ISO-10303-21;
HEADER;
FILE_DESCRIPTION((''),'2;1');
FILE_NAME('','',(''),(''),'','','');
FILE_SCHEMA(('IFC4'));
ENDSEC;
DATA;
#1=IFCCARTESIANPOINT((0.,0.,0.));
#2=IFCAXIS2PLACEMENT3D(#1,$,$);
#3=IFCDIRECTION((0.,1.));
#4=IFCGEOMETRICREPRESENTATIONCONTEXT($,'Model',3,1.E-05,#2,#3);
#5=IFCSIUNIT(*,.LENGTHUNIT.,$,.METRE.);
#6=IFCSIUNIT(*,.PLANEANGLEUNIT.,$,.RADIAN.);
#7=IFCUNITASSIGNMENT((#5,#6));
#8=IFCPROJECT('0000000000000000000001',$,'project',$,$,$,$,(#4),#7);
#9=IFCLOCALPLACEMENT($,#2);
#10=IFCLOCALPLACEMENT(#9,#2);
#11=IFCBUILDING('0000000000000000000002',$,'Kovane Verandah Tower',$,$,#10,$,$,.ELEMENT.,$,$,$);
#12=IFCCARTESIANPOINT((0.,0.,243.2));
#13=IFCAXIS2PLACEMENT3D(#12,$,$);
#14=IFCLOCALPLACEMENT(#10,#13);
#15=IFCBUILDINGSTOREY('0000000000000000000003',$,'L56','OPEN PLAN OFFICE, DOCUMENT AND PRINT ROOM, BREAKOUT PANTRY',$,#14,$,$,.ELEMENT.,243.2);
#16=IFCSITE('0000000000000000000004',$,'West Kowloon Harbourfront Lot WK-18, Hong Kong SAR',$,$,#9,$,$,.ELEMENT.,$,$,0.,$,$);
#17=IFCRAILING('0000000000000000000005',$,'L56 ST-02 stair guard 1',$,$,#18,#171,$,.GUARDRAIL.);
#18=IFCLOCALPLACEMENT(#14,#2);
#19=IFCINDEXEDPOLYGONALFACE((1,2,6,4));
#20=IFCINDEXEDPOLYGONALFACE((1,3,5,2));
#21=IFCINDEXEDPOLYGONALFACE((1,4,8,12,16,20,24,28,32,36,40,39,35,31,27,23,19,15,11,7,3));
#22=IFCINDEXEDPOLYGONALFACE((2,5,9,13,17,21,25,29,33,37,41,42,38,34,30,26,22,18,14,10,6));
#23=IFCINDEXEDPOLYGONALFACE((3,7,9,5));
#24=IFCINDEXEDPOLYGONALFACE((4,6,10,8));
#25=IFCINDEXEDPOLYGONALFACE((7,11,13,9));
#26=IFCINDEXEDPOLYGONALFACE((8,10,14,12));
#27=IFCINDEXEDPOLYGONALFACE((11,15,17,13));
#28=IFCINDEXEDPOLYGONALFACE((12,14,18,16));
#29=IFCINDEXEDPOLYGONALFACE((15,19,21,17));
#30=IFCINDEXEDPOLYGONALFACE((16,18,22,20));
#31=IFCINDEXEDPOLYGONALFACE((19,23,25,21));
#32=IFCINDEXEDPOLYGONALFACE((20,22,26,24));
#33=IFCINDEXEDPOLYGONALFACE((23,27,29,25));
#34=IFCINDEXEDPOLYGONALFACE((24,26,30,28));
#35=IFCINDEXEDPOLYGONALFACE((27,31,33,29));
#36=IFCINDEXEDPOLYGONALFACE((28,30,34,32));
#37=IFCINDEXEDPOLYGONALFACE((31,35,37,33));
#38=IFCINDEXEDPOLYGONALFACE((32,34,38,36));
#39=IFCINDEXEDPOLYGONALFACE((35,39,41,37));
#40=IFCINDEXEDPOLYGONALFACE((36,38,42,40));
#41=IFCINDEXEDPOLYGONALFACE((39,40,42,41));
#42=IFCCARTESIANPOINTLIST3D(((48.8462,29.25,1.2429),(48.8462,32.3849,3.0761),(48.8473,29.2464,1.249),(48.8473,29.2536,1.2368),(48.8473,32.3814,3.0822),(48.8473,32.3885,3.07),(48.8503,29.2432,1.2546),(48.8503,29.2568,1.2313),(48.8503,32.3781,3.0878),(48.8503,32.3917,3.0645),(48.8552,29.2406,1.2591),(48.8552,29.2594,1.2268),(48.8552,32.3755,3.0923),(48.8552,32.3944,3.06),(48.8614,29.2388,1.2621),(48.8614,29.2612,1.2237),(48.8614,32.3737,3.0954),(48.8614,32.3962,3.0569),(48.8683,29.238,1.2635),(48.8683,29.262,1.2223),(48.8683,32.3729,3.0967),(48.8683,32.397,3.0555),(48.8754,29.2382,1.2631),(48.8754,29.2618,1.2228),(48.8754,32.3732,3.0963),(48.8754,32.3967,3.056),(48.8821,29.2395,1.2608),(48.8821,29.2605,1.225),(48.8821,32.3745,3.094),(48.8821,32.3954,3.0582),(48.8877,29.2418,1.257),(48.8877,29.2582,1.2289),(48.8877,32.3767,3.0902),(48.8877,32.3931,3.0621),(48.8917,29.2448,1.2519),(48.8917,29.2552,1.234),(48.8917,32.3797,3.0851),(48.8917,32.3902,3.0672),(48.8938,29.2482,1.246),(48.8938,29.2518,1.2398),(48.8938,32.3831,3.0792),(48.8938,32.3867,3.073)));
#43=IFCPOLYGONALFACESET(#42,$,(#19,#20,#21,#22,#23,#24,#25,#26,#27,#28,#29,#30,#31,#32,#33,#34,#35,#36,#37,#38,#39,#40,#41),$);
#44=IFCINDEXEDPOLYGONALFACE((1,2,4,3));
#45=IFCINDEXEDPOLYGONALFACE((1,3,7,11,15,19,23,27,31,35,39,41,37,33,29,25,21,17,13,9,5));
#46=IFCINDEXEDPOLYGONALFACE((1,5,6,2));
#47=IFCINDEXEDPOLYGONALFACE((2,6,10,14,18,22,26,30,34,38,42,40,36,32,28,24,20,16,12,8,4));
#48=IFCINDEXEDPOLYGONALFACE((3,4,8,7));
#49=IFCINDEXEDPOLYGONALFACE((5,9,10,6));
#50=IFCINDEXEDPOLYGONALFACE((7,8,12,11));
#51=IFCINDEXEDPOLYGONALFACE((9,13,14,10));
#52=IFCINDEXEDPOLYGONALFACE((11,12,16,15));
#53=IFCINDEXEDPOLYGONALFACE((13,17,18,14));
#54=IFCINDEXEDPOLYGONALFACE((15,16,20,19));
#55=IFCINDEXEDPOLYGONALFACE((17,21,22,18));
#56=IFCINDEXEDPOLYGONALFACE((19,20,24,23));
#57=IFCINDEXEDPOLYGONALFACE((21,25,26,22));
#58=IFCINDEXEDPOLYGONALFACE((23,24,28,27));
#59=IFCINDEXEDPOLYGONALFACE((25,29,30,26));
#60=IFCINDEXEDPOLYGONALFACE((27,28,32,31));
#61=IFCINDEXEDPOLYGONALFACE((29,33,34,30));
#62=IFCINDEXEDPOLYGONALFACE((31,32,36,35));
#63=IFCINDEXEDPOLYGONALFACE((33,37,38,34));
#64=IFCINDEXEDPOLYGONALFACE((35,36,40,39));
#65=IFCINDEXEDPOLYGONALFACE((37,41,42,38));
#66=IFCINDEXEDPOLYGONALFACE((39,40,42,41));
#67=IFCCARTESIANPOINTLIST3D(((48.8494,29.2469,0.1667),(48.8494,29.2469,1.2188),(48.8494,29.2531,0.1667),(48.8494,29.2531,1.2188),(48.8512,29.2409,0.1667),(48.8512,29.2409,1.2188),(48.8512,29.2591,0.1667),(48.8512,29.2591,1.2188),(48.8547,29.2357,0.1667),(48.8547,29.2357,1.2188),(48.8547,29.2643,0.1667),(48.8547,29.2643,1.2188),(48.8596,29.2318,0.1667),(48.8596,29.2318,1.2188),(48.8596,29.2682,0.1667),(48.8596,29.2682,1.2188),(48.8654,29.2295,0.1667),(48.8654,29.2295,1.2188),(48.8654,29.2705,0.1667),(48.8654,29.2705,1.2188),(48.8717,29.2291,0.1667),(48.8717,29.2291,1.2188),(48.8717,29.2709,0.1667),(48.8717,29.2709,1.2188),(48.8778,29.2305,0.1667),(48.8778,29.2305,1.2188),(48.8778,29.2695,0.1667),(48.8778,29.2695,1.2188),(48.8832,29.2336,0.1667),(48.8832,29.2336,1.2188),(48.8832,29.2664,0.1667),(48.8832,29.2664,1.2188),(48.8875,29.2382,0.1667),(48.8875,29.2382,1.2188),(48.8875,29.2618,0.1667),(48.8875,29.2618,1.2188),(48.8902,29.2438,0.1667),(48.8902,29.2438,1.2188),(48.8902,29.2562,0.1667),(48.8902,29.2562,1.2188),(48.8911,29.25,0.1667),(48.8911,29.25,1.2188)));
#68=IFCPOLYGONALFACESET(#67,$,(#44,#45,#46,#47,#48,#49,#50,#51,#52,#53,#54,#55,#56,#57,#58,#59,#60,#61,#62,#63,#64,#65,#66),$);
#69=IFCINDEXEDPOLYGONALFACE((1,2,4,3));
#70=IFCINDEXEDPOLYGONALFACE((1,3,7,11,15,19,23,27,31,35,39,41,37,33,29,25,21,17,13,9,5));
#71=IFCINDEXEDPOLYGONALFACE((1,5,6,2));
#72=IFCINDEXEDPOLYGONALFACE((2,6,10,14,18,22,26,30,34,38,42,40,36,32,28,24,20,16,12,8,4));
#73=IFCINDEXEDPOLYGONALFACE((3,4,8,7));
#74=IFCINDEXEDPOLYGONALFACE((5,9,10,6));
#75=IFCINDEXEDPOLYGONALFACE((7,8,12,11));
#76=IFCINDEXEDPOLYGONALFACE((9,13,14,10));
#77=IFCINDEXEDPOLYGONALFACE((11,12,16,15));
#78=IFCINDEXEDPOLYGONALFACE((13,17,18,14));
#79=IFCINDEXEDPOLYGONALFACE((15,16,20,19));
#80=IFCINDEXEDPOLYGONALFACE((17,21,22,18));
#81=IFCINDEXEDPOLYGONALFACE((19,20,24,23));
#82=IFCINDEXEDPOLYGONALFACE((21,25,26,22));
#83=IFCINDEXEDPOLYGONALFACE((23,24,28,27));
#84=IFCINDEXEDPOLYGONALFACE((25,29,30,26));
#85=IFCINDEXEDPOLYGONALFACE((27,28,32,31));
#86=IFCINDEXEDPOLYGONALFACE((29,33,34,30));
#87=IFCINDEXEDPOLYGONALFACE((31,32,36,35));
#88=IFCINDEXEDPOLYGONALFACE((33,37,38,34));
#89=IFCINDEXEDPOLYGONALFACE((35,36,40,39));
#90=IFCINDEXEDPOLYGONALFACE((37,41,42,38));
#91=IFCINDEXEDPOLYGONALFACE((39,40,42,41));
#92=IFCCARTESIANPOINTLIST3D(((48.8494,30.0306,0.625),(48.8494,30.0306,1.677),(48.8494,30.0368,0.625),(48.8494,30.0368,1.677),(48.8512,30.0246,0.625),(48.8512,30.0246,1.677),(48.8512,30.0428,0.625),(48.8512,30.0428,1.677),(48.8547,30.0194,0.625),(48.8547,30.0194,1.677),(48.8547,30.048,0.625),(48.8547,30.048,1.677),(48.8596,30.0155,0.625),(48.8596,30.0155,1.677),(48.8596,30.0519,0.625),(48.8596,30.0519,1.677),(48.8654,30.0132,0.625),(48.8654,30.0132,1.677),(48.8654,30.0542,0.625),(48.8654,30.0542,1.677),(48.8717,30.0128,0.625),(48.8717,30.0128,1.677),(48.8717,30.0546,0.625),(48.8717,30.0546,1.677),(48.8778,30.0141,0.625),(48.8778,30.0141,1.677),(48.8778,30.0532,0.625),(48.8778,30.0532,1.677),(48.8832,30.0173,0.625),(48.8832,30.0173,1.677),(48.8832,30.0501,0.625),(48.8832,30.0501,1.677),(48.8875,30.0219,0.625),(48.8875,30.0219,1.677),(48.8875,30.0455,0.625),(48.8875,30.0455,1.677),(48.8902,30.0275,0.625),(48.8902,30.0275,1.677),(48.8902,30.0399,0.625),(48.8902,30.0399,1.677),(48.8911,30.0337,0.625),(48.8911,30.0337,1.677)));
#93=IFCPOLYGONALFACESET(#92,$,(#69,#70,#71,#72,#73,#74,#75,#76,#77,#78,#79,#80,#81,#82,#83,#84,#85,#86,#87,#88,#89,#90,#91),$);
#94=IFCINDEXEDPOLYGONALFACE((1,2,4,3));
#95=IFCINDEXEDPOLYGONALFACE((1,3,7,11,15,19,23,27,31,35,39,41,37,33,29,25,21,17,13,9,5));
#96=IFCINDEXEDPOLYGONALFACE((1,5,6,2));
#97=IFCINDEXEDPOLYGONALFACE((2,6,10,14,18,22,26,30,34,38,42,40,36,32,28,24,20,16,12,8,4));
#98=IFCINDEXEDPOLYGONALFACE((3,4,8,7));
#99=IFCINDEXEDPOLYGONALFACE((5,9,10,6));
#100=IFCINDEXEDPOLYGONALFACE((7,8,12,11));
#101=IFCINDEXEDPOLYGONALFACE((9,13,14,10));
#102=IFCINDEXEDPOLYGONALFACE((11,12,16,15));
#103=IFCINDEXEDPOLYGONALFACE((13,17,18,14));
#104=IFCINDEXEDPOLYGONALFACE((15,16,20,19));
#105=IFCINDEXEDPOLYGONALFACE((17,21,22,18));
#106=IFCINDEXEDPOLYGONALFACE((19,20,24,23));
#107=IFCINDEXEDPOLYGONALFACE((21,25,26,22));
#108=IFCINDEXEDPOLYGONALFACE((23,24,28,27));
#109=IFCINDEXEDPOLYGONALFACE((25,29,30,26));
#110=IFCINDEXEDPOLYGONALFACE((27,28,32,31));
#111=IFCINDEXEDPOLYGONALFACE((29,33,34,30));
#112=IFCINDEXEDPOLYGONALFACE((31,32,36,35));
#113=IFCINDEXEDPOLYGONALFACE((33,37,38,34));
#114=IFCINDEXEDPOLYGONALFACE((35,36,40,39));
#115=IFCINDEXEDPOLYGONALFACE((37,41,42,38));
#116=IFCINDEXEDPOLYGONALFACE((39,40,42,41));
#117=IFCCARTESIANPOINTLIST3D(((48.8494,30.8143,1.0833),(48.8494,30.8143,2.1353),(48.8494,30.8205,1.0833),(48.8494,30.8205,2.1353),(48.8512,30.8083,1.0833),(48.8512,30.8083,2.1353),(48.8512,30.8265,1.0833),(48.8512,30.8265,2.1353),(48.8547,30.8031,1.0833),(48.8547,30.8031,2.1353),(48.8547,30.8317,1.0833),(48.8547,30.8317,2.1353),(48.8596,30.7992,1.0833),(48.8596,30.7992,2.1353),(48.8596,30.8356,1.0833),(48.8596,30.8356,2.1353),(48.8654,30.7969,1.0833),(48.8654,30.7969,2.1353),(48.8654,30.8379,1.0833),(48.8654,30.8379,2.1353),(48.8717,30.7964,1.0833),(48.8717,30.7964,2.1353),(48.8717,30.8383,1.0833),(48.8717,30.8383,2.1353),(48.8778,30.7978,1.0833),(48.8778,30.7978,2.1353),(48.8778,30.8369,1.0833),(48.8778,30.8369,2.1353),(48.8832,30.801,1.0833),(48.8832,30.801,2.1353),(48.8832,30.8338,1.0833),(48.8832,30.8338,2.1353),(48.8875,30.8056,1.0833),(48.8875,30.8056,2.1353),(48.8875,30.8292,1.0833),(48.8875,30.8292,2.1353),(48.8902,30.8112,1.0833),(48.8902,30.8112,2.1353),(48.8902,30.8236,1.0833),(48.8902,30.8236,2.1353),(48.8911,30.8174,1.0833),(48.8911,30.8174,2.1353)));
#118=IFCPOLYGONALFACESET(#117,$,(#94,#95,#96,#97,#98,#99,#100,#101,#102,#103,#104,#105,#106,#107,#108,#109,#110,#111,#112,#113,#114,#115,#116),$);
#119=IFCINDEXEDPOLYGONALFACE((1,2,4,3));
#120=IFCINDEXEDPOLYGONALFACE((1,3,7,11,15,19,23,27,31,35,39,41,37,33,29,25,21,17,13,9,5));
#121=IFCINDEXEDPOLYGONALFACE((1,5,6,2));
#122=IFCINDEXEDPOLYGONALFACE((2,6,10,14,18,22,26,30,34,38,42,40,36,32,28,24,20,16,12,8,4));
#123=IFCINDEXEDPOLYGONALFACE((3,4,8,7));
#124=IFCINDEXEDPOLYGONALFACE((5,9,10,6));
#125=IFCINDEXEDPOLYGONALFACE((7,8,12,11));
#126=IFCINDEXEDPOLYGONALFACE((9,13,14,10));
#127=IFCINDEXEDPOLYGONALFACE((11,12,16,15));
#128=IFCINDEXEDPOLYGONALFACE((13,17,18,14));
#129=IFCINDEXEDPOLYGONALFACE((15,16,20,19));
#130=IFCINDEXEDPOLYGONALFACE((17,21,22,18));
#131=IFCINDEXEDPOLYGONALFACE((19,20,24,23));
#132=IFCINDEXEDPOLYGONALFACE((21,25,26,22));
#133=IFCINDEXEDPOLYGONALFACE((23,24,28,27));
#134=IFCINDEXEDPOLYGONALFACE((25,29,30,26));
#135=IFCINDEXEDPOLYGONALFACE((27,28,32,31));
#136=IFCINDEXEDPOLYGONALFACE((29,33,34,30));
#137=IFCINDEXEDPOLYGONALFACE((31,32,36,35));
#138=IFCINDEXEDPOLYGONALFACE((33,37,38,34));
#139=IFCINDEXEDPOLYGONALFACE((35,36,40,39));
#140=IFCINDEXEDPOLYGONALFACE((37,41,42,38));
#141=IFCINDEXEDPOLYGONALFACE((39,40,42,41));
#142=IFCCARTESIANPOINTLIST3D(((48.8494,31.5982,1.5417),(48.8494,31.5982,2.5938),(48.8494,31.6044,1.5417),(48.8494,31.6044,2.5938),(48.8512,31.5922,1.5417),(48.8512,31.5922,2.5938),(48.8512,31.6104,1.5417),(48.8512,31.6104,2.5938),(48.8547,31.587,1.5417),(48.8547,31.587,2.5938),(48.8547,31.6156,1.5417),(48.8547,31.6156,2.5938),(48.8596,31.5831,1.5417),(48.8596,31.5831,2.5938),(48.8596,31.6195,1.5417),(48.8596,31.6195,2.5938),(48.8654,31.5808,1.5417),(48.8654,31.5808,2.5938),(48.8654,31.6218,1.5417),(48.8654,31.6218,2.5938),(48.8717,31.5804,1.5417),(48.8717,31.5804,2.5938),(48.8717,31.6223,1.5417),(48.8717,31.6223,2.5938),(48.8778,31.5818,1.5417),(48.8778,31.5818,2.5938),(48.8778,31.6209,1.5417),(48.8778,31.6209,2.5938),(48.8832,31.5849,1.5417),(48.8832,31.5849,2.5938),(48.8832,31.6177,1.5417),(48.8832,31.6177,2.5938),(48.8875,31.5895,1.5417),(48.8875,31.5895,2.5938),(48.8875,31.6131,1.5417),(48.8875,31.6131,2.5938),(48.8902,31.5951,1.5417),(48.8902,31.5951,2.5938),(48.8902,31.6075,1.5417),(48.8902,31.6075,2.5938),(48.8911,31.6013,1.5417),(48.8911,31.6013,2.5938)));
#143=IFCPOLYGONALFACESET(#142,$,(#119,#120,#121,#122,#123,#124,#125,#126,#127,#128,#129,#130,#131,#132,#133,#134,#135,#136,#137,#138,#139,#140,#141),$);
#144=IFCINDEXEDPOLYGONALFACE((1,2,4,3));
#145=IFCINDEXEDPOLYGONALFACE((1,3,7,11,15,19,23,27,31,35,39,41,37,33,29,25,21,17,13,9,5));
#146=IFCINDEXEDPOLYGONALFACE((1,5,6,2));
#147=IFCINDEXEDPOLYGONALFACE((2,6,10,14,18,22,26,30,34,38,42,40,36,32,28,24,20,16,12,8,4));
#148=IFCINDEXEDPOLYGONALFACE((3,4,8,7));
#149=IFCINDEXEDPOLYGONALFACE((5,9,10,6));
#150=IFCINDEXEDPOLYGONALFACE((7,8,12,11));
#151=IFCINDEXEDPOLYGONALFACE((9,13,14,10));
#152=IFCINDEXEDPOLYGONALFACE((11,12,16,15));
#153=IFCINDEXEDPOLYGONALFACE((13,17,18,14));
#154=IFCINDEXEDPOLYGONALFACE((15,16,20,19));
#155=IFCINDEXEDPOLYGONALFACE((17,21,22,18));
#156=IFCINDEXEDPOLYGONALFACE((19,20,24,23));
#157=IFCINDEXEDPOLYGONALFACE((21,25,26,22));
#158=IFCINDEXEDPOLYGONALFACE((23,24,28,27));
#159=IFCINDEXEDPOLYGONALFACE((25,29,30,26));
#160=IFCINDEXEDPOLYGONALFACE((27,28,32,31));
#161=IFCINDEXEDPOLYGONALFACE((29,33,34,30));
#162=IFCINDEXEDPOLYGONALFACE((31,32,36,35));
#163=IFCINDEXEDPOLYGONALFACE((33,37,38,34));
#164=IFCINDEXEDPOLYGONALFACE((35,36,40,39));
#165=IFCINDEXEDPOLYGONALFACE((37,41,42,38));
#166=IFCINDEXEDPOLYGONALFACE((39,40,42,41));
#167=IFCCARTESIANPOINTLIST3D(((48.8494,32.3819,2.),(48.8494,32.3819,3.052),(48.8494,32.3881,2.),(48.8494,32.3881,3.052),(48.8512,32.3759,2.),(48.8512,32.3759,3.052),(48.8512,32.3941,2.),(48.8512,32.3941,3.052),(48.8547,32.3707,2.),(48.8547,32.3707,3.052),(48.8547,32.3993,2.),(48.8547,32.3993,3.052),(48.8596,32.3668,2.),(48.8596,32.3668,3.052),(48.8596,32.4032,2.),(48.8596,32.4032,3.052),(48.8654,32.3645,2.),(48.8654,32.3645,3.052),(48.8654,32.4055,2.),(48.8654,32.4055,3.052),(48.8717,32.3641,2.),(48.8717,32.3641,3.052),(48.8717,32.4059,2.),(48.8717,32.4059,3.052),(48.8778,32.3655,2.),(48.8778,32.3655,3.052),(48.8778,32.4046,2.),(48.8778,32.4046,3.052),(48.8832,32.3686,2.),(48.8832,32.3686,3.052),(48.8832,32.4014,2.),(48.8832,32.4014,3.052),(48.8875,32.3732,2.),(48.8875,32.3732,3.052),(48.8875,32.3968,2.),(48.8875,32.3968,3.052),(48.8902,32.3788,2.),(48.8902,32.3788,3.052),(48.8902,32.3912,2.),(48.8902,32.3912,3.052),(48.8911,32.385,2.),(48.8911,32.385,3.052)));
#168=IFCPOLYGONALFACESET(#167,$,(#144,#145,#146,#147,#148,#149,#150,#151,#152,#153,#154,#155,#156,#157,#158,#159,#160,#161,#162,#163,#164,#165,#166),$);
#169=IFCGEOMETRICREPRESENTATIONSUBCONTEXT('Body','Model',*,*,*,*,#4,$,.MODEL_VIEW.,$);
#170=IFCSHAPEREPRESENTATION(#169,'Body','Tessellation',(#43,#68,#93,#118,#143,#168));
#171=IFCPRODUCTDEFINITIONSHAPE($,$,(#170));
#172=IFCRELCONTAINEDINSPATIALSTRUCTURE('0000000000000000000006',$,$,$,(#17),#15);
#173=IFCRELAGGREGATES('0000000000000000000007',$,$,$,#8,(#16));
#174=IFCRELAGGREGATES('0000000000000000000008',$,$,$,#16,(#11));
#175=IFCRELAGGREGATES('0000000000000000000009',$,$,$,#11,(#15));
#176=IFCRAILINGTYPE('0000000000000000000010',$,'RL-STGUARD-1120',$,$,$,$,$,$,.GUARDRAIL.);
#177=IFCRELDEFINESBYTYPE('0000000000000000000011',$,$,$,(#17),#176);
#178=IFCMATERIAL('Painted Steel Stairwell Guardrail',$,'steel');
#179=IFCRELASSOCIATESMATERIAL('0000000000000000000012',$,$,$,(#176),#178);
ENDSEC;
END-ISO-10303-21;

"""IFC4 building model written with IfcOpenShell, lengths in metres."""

from ifc_helpers import new_model, si_unit, direction, frame, origin, origin_2d, place, context, subcontext, project, spatial, circle, extrude, material, type_object, element, save


model = new_model("IFC4")

# Units and contexts
model_context = context("Model", 3, precision=1e-05, world=origin(), true_north=direction((0.0, 1.0)))
body_context = subcontext(model_context, "Body", "Model", "MODEL_VIEW")
ifc_project = project(units=[si_unit("LENGTHUNIT", "METRE"), si_unit("PLANEANGLEUNIT", "RADIAN")], contexts=[model_context])

# Site, building, storey
site_placement = place(None, origin())
site = spatial("IfcSite", under=ifc_project, at=site_placement, Name="West Kowloon Harbourfront Lot WK-18, Hong Kong SAR", CompositionType="ELEMENT", RefElevation=0.0)
building_placement = place(site_placement, origin())
building = spatial("IfcBuilding", under=site, at=building_placement, Name="Kovane Verandah Tower", CompositionType="ELEMENT")
storey_placement = place(building_placement, frame((0.0, 0.0, 243.2)))
storey = spatial("IfcBuildingStorey", under=building, at=storey_placement, Name="L56", Description="OPEN PLAN OFFICE, DOCUMENT AND PRINT ROOM, BREAKOUT PANTRY", CompositionType="ELEMENT", Elevation=243.2)

# Railing
ifc_material_1 = material(Name="Painted Steel Stairwell Guardrail", Category="steel")
railing_type_1 = type_object("IfcRailingType", Name="RL-STGUARD-1120", PredefinedType="GUARDRAIL", material=ifc_material_1)
railing_1_placement = place(storey_placement, frame((48.8701, 29.25, 0.1667)))
element("IfcRailing", 1, at=railing_1_placement, inside=storey, type_object=railing_type_1, Name="L56 ST-02 stair guard 1", PredefinedType="GUARDRAIL", context=body_context, shape_type="SweptSolid", body=[
    extrude(circle(Radius=0.0239, at=origin_2d()), frame((0.0, 0.0, 1.0762), z_axis=(0.0, 0.86324, 0.504794), x_axis=(-1.0, 0.0, 0.0)), (0.0, 0.0, 1.0), 3.6316),
    extrude(circle(Radius=0.021, at=origin_2d()), origin(), (0.0, 0.0, 1.0), 1.052),
    extrude(circle(Radius=0.021, at=origin_2d()), frame((0.0, 0.7837, 0.4583)), (0.0, 0.0, 1.0), 1.052),
    extrude(circle(Radius=0.021, at=origin_2d()), frame((0.0, 1.5674, 0.9165)), (0.0, 0.0, 1.0), 1.052),
    extrude(circle(Radius=0.021, at=origin_2d()), frame((0.0, 2.3513, 1.375)), (0.0, 0.0, 1.0), 1.052),
    extrude(circle(Radius=0.021, at=origin_2d()), frame((0.0, 3.135, 1.8333)), (0.0, 0.0, 1.0), 1.052),
])

save(model, "model.ifc")
